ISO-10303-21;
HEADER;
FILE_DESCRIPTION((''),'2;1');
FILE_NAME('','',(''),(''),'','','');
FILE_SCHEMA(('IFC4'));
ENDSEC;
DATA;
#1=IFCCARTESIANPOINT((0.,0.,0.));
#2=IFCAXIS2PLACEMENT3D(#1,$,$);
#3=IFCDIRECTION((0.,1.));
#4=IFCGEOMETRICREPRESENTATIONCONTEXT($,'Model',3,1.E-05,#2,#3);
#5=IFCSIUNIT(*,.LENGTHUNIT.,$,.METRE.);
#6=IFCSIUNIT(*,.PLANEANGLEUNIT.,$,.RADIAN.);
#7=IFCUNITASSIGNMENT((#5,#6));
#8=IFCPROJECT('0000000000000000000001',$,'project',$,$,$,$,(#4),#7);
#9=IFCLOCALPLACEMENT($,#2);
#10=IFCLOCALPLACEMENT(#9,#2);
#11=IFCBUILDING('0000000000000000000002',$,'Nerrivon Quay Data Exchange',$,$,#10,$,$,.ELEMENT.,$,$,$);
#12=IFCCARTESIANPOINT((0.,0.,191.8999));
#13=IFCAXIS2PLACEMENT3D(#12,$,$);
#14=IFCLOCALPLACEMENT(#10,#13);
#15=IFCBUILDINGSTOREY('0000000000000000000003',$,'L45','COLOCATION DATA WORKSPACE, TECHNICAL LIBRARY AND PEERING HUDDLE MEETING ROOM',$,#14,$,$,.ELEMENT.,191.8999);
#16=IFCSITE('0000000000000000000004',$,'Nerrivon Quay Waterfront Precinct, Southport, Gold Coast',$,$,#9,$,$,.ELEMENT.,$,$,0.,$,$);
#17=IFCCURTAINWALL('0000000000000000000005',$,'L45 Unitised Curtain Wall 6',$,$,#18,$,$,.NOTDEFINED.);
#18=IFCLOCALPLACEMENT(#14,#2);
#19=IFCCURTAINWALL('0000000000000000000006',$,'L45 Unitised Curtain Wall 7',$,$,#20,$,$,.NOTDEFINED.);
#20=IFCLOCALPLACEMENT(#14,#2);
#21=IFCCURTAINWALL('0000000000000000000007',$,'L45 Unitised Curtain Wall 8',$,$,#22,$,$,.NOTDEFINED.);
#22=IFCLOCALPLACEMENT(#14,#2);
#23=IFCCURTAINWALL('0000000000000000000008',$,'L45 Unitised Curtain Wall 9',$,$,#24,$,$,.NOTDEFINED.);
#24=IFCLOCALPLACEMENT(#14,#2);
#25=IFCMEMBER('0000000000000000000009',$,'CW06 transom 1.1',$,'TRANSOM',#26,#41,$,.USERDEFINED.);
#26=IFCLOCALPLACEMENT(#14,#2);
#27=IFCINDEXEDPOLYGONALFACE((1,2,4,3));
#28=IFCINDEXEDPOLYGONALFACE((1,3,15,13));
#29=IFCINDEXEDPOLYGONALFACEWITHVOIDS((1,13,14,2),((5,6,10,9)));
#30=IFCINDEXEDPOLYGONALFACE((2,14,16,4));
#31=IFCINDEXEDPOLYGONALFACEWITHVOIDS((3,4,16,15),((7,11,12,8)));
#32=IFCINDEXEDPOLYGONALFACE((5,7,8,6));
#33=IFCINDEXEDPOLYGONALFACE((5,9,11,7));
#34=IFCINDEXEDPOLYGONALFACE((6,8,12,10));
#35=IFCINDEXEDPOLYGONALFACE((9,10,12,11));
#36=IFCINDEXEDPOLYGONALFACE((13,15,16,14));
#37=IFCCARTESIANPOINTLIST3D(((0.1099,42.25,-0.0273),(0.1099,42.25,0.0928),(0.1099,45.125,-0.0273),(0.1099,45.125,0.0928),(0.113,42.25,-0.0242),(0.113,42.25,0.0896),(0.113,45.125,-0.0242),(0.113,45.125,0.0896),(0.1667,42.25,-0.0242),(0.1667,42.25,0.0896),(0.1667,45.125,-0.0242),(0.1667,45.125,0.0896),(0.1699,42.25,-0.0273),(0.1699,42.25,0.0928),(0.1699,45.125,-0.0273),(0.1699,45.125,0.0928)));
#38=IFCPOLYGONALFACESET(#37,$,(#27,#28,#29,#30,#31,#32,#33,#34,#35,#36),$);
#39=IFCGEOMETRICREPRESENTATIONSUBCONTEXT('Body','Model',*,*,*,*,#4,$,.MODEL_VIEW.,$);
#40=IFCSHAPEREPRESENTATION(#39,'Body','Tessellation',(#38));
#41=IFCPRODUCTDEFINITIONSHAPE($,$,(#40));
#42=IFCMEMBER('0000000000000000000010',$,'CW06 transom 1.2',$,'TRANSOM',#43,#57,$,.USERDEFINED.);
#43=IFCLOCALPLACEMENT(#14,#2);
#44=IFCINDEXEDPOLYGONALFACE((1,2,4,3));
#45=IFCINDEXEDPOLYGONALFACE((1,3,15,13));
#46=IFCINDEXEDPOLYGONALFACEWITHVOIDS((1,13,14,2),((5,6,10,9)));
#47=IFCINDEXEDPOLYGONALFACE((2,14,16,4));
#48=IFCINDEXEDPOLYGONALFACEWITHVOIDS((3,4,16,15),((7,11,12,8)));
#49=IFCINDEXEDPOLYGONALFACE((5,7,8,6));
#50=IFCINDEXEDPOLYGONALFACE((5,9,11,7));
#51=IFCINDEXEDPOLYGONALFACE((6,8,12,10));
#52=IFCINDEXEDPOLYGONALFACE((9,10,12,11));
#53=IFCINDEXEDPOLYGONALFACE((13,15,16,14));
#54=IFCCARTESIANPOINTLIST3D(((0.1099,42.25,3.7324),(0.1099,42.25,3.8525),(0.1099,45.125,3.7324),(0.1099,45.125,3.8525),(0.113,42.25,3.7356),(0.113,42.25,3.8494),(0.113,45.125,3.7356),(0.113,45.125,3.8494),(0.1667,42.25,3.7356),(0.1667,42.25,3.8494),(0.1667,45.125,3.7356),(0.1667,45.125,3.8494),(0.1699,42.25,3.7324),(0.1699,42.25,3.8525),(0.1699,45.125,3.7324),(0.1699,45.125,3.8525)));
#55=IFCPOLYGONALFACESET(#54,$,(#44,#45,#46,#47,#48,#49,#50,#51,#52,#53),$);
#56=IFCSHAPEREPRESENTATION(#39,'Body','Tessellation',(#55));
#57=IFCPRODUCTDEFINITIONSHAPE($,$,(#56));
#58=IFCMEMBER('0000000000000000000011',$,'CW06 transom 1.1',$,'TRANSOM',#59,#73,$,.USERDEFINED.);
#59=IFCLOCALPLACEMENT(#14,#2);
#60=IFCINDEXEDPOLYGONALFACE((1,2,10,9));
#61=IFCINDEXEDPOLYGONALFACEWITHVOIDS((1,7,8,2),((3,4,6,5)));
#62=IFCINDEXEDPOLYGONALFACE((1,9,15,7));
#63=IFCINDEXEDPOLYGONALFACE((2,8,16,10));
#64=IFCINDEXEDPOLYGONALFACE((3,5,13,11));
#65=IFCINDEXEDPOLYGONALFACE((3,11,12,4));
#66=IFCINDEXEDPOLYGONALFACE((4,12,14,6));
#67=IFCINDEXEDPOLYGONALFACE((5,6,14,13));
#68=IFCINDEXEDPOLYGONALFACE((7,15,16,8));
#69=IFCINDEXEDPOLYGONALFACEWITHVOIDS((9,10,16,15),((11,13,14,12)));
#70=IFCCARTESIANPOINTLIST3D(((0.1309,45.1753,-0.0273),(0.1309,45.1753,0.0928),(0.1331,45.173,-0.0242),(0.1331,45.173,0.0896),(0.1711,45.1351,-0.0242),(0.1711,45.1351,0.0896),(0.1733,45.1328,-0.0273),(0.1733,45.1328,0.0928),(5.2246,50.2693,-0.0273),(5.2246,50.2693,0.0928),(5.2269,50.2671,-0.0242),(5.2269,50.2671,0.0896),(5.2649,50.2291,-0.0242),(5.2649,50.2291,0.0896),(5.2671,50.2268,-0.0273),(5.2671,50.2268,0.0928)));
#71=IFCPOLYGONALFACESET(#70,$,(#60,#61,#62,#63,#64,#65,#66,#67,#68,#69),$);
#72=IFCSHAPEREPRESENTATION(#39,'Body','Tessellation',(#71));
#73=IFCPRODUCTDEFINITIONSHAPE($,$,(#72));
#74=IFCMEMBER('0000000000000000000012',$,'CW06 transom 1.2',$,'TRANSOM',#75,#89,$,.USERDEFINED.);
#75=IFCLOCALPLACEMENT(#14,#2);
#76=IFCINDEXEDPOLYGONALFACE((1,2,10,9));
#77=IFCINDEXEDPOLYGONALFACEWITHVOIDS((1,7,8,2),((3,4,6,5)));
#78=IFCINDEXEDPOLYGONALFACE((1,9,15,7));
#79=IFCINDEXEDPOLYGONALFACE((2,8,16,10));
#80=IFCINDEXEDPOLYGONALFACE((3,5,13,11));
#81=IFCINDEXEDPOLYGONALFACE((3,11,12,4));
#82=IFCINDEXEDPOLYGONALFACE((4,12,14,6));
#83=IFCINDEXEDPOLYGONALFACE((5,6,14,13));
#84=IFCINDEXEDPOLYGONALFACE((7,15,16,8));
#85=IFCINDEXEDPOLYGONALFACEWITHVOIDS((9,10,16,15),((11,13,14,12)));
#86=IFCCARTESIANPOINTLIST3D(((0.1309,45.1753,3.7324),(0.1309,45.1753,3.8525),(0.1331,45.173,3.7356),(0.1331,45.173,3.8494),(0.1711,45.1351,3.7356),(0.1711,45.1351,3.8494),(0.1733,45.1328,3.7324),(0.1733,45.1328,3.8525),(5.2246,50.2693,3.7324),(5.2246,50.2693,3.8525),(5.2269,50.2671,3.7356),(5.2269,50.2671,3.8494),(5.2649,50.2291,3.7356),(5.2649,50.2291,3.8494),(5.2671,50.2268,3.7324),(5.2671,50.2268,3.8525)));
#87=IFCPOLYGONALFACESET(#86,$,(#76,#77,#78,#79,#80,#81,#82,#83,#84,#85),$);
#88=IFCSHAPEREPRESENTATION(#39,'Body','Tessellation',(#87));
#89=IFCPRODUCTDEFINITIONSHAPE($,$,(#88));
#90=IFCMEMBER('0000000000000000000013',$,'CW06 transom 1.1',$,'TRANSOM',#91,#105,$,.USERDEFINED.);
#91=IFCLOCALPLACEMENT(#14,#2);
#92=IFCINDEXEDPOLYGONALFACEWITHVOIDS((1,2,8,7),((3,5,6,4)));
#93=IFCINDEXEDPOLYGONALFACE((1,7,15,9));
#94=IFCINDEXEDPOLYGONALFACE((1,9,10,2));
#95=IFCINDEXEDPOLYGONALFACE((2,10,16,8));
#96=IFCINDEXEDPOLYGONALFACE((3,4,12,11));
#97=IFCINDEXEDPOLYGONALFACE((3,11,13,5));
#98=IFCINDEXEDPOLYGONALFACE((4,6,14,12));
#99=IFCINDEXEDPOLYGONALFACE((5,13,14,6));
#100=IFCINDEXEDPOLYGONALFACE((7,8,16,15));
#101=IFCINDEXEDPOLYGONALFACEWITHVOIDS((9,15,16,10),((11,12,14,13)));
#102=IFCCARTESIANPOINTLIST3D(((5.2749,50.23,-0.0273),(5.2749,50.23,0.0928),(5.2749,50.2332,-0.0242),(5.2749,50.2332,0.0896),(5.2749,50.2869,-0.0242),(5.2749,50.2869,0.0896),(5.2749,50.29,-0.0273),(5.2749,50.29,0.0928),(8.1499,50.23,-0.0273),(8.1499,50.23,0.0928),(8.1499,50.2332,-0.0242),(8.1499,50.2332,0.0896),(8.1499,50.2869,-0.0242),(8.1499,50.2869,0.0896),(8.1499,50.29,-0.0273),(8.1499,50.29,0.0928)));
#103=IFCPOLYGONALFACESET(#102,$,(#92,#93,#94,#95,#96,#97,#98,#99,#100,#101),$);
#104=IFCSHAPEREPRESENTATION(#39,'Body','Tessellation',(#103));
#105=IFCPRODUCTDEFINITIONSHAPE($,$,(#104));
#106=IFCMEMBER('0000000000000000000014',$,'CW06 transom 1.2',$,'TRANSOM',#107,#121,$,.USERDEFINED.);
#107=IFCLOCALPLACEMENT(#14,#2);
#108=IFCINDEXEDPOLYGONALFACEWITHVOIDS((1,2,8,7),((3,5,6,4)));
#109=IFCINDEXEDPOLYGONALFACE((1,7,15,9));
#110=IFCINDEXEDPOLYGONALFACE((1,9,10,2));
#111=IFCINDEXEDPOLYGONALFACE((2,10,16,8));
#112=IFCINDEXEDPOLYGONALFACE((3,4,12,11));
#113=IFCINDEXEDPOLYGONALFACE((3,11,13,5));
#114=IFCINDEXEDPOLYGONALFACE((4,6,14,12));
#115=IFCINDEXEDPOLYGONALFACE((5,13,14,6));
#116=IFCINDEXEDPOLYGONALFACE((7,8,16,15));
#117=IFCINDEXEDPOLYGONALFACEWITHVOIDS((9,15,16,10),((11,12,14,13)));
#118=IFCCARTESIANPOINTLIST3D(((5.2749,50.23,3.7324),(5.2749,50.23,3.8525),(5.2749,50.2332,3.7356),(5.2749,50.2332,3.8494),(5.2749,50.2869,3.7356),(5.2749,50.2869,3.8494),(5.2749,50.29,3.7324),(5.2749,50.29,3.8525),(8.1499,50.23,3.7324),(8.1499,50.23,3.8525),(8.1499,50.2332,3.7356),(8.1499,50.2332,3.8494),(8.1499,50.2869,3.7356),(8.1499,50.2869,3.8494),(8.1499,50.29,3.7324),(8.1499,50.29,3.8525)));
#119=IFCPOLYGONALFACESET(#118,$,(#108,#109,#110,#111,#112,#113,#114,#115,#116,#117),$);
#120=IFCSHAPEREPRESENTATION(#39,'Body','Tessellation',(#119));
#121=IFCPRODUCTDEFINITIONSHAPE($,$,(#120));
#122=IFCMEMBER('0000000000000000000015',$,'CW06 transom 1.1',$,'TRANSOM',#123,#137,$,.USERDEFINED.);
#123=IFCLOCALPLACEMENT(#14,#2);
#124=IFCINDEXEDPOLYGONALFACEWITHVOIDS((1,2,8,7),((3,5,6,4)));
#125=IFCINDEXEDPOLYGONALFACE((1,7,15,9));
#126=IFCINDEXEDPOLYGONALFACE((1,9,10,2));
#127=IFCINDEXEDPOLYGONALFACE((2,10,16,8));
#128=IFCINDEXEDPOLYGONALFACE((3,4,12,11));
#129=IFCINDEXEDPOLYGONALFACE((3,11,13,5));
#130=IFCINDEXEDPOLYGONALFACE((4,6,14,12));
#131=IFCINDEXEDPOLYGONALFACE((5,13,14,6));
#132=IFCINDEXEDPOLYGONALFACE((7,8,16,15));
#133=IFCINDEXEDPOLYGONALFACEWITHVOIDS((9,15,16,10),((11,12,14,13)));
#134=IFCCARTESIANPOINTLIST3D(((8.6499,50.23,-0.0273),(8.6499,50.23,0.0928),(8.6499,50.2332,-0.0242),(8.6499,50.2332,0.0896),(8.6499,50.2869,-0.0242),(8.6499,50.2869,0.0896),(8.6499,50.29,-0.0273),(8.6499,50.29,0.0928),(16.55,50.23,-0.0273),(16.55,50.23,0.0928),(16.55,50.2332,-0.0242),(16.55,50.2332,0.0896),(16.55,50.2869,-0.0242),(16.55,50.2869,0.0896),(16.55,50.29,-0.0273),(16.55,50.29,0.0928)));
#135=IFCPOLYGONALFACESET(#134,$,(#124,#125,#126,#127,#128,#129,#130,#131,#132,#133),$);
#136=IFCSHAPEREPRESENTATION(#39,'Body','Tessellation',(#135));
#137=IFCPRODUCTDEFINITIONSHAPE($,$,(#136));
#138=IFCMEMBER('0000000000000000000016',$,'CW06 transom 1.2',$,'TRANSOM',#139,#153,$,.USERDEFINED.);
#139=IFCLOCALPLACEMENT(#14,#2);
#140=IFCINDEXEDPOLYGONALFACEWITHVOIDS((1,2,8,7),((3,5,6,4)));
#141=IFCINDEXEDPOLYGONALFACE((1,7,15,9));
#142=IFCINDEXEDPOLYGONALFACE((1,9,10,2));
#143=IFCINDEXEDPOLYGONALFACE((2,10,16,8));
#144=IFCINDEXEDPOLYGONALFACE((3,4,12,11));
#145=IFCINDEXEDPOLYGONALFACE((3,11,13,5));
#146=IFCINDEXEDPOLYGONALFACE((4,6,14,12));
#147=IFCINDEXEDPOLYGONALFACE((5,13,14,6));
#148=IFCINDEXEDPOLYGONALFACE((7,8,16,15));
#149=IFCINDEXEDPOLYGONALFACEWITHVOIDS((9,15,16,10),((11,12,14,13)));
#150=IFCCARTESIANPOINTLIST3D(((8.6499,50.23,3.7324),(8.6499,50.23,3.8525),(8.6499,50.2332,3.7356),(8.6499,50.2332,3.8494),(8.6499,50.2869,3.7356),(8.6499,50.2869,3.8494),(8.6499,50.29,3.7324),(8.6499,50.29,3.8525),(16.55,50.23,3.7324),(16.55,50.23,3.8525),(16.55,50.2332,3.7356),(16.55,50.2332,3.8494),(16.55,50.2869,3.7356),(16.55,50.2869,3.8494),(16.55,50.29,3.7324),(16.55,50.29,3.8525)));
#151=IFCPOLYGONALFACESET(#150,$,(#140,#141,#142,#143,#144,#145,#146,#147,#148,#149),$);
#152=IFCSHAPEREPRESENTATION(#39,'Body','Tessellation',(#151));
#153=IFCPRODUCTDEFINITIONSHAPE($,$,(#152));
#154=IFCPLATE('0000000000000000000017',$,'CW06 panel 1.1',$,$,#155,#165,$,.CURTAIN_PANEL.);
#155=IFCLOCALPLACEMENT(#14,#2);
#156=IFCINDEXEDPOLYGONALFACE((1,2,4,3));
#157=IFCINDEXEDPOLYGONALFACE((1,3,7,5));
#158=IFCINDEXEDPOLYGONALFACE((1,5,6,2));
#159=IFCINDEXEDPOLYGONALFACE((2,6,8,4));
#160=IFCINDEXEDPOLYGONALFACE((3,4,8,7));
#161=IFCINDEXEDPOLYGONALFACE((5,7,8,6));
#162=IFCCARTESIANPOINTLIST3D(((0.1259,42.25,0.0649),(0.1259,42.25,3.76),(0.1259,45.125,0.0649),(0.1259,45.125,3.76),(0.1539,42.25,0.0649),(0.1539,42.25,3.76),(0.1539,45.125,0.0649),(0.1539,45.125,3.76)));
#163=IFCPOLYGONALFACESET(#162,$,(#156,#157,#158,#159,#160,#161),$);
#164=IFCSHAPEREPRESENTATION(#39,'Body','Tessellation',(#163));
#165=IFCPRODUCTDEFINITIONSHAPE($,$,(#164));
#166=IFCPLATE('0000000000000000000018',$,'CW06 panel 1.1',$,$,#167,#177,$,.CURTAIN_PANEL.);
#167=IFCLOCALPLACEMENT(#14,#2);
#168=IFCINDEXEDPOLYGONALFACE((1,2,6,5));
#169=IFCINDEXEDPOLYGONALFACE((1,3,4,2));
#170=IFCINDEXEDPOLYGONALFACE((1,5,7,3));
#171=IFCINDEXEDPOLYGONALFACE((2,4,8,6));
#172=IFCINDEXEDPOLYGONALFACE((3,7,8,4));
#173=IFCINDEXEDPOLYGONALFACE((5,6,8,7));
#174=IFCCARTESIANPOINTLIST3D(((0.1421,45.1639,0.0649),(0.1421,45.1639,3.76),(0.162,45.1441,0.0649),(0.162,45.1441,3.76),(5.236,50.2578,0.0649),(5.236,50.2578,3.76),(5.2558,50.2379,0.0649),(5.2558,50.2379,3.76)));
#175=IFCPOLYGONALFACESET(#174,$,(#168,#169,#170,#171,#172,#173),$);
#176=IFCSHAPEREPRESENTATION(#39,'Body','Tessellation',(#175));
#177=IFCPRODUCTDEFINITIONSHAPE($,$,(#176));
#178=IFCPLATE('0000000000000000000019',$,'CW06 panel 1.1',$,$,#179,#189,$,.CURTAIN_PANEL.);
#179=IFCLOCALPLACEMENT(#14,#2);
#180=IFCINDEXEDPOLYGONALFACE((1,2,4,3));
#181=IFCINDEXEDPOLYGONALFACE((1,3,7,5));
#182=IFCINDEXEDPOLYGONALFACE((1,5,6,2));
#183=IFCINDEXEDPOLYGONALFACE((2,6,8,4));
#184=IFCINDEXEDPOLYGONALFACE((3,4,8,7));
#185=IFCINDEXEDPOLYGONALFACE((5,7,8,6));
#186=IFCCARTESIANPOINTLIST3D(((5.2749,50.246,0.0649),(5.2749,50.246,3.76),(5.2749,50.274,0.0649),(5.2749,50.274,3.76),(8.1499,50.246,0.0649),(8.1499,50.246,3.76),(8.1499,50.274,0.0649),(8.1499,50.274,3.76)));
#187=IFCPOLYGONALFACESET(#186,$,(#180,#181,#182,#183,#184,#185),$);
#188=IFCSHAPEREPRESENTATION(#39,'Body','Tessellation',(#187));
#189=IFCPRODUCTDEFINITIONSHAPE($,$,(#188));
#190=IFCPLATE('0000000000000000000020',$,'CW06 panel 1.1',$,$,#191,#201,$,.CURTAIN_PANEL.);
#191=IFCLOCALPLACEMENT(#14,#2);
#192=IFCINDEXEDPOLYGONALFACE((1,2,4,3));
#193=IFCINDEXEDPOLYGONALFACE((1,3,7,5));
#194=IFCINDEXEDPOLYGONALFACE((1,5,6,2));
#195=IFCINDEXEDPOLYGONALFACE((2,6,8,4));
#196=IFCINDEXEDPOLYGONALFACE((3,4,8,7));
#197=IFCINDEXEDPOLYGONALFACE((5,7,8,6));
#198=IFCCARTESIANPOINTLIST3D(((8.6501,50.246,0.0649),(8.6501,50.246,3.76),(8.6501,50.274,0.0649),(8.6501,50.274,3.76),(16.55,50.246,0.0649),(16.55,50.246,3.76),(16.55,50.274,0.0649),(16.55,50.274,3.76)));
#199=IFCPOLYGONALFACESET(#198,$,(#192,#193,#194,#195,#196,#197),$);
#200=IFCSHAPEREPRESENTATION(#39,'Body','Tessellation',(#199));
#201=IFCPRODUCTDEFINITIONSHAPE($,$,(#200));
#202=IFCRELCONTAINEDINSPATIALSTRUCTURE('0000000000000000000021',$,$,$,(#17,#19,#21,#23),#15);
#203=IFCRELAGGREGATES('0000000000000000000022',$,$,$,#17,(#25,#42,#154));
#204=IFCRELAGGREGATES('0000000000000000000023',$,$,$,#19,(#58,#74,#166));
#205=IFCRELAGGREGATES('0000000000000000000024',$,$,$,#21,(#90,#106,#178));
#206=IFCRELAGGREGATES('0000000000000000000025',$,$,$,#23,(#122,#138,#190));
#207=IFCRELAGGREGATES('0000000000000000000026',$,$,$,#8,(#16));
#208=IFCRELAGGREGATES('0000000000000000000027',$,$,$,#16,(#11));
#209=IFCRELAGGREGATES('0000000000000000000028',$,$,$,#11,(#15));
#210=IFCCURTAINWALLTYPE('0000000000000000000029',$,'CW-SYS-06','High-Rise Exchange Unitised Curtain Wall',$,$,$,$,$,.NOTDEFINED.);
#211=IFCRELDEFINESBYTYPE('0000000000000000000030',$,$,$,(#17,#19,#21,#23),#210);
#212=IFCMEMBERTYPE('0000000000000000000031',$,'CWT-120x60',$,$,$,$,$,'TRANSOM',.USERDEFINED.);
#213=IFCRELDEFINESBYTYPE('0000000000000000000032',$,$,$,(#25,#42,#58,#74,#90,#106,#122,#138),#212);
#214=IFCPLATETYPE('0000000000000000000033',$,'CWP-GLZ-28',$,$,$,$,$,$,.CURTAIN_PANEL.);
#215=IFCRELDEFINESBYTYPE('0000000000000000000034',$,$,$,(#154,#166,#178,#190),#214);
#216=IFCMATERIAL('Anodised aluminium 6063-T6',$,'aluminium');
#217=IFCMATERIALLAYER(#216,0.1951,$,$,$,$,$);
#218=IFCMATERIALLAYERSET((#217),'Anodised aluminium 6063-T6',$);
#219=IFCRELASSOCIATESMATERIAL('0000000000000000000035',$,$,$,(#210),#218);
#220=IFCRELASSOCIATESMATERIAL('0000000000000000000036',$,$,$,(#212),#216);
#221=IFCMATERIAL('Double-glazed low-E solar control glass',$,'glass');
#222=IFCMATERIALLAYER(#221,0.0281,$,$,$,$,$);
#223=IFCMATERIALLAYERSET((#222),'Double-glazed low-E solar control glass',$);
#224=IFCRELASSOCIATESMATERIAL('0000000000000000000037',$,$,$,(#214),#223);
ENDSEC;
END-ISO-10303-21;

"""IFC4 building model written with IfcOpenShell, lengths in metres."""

from ifc_helpers import new_model, si_unit, direction, frame, origin, origin_2d, place, context, subcontext, project, spatial, rectangle, hollow_rectangle, extrude, material, layer, layer_set, material_profile, profile_set, type_object, element, aggregate, save


model = new_model("IFC4")

# Units and contexts
model_context = context("Model", 3, precision=1e-05, world=origin(), true_north=direction((0.0, 1.0)))
body_context = subcontext(model_context, "Body", "Model", "MODEL_VIEW")
ifc_project = project(units=[si_unit("LENGTHUNIT", "METRE"), si_unit("PLANEANGLEUNIT", "RADIAN")], contexts=[model_context])

# Site, building, storey
site_placement = place(None, origin())
site = spatial("IfcSite", under=ifc_project, at=site_placement, Name="Nerrivon Quay Waterfront Precinct, Southport, Gold Coast", CompositionType="ELEMENT", RefElevation=0.0)
building_placement = place(site_placement, origin())
building = spatial("IfcBuilding", under=site, at=building_placement, Name="Nerrivon Quay Data Exchange", CompositionType="ELEMENT")
storey_placement = place(building_placement, frame((0.0, 0.0, 191.8999)))
storey = spatial("IfcBuildingStorey", under=building, at=storey_placement, Name="L45", Description="COLOCATION DATA WORKSPACE, TECHNICAL LIBRARY AND PEERING HUDDLE MEETING ROOM", CompositionType="ELEMENT", Elevation=191.8999)

# Curtain walls
ifc_material_1 = material(Name="Anodised aluminium 6063-T6", Category="aluminium")
ifc_layer_1 = layer(ifc_material_1, 0.1951)
ifc_layer_set_1 = layer_set([ifc_layer_1], Name="Anodised aluminium 6063-T6")
curtain_wall_type = type_object("IfcCurtainWallType", Name="CW-SYS-06", Description="High-Rise Exchange Unitised Curtain Wall", PredefinedType="NOTDEFINED", material=ifc_layer_set_1)
curtain_wall_1_placement = place(storey_placement, origin())
curtain_wall_1 = element("IfcCurtainWall", 1, at=curtain_wall_1_placement, inside=storey, type_object=curtain_wall_type, Name="L45 Unitised Curtain Wall 6", PredefinedType="NOTDEFINED")
curtain_wall_2_placement = place(storey_placement, origin())
curtain_wall_2 = element("IfcCurtainWall", 2, at=curtain_wall_2_placement, inside=storey, type_object=curtain_wall_type, Name="L45 Unitised Curtain Wall 7", PredefinedType="NOTDEFINED")
curtain_wall_3_placement = place(storey_placement, origin())
curtain_wall_3 = element("IfcCurtainWall", 3, at=curtain_wall_3_placement, inside=storey, type_object=curtain_wall_type, Name="L45 Unitised Curtain Wall 8", PredefinedType="NOTDEFINED")

# Curtain wall
curtain_wall_4_placement = place(storey_placement, origin())
curtain_wall_4 = element("IfcCurtainWall", 4, at=curtain_wall_4_placement, inside=storey, type_object=curtain_wall_type, Name="L45 Unitised Curtain Wall 9", PredefinedType="NOTDEFINED")

# Members
ifc_material_profile_1 = material_profile(ifc_material_1, hollow_rectangle(XDim=0.0601, YDim=0.1201, WallThickness=0.0032, at=origin_2d()), Name="ALU-TRAN-120x60")
ifc_profile_set_1 = profile_set([ifc_material_profile_1], Name="Anodised aluminium 6063-T6")
member_type_1 = type_object("IfcMemberType", Name="CWT-120x60", ElementType="TRANSOM", PredefinedType="USERDEFINED", material=ifc_profile_set_1)
member_1_placement = place(storey_placement, frame((0.1399, 42.25, 0.0327), z_axis=(0.0, 1.0, 0.0), x_axis=(-1.0, 0.0, 0.0)))
member_1 = element("IfcMember", 5, at=member_1_placement, type_object=member_type_1, Name="CW06 transom 1.1", ObjectType="TRANSOM", PredefinedType="USERDEFINED", context=body_context, shape_type="SweptSolid", body=[
    extrude(hollow_rectangle(XDim=0.0601, YDim=0.1201, WallThickness=0.0032, at=origin_2d()), origin(), (0.0, 0.0, 1.0), 2.875),
])
member_2_placement = place(storey_placement, frame((0.1399, 42.25, 3.7925), z_axis=(0.0, 1.0, 0.0), x_axis=(-1.0, 0.0, 0.0)))
member_2 = element("IfcMember", 6, at=member_2_placement, type_object=member_type_1, Name="CW06 transom 1.2", ObjectType="TRANSOM", PredefinedType="USERDEFINED", context=body_context, shape_type="SweptSolid", body=[
    extrude(hollow_rectangle(XDim=0.0601, YDim=0.1201, WallThickness=0.0032, at=origin_2d()), origin(), (0.0, 0.0, 1.0), 2.875),
])
member_3_placement = place(storey_placement, frame((0.1521, 45.1541, 0.0327), z_axis=(0.70709, 0.707124, 0.0), x_axis=(-0.707124, 0.70709, 0.0)))
member_3 = element("IfcMember", 7, at=member_3_placement, type_object=member_type_1, Name="CW06 transom 1.1", ObjectType="TRANSOM", PredefinedType="USERDEFINED", context=body_context, shape_type="SweptSolid", body=[
    extrude(hollow_rectangle(XDim=0.0601, YDim=0.1201, WallThickness=0.0032, at=origin_2d()), origin(), (0.0, 0.0, 1.0), 7.2039),
])
member_4_placement = place(storey_placement, frame((0.1521, 45.1541, 3.7925), z_axis=(0.70709, 0.707124, 0.0), x_axis=(-0.707124, 0.70709, 0.0)))
member_4 = element("IfcMember", 8, at=member_4_placement, type_object=member_type_1, Name="CW06 transom 1.2", ObjectType="TRANSOM", PredefinedType="USERDEFINED", context=body_context, shape_type="SweptSolid", body=[
    extrude(hollow_rectangle(XDim=0.0601, YDim=0.1201, WallThickness=0.0032, at=origin_2d()), origin(), (0.0, 0.0, 1.0), 7.2039),
])
member_5_placement = place(storey_placement, frame((5.2749, 50.26, 0.0327), z_axis=(1.0, 0.0, 0.0), x_axis=(0.0, 1.0, 0.0)))
member_5 = element("IfcMember", 9, at=member_5_placement, type_object=member_type_1, Name="CW06 transom 1.1", ObjectType="TRANSOM", PredefinedType="USERDEFINED", context=body_context, shape_type="SweptSolid", body=[
    extrude(hollow_rectangle(XDim=0.0601, YDim=0.1201, WallThickness=0.0032, at=origin_2d()), origin(), (0.0, 0.0, 1.0), 2.875),
])
member_6_placement = place(storey_placement, frame((5.2749, 50.26, 3.7925), z_axis=(1.0, 0.0, 0.0), x_axis=(0.0, 1.0, 0.0)))
member_6 = element("IfcMember", 10, at=member_6_placement, type_object=member_type_1, Name="CW06 transom 1.2", ObjectType="TRANSOM", PredefinedType="USERDEFINED", context=body_context, shape_type="SweptSolid", body=[
    extrude(hollow_rectangle(XDim=0.0601, YDim=0.1201, WallThickness=0.0032, at=origin_2d()), origin(), (0.0, 0.0, 1.0), 2.875),
])
member_7_placement = place(storey_placement, frame((8.6499, 50.26, 0.0327), z_axis=(1.0, 0.0, 0.0), x_axis=(0.0, 1.0, 0.0)))
member_7 = element("IfcMember", 11, at=member_7_placement, type_object=member_type_1, Name="CW06 transom 1.1", ObjectType="TRANSOM", PredefinedType="USERDEFINED", context=body_context, shape_type="SweptSolid", body=[
    extrude(hollow_rectangle(XDim=0.0601, YDim=0.1201, WallThickness=0.0032, at=origin_2d()), origin(), (0.0, 0.0, 1.0), 7.9001),
])
member_8_placement = place(storey_placement, frame((8.6499, 50.26, 3.7925), z_axis=(1.0, 0.0, 0.0), x_axis=(0.0, 1.0, 0.0)))
member_8 = element("IfcMember", 12, at=member_8_placement, type_object=member_type_1, Name="CW06 transom 1.2", ObjectType="TRANSOM", PredefinedType="USERDEFINED", context=body_context, shape_type="SweptSolid", body=[
    extrude(hollow_rectangle(XDim=0.0601, YDim=0.1201, WallThickness=0.0032, at=origin_2d()), origin(), (0.0, 0.0, 1.0), 7.9001),
])

# Plates
ifc_material_2 = material(Name="Double-glazed low-E solar control glass", Category="glass")
ifc_layer_2 = layer(ifc_material_2, 0.0281)
ifc_layer_set_2 = layer_set([ifc_layer_2], Name="Double-glazed low-E solar control glass")
plate_type = type_object("IfcPlateType", Name="CWP-GLZ-28", PredefinedType="CURTAIN_PANEL", material=ifc_layer_set_2)
plate_1_placement = place(storey_placement, frame((0.1399, 43.6875, 0.0649), z_axis=(0.0, 0.0, 1.0), x_axis=(0.0, 1.0, 0.0)))
plate_1 = element("IfcPlate", 13, at=plate_1_placement, type_object=plate_type, Name="CW06 panel 1.1", PredefinedType="CURTAIN_PANEL", context=body_context, shape_type="SweptSolid", body=[
    extrude(rectangle(XDim=2.875, YDim=0.0281, at=origin_2d()), origin(), (0.0, 0.0, 1.0), 3.6951),
])
aggregate(curtain_wall_1, [member_1, member_2, plate_1])
plate_2_placement = place(storey_placement, frame((2.699, 47.7009, 0.0649), z_axis=(0.0, 0.0, 1.0), x_axis=(0.707107, 0.707107, 0.0)))
plate_2 = element("IfcPlate", 14, at=plate_2_placement, type_object=plate_type, Name="CW06 panel 1.1", PredefinedType="CURTAIN_PANEL", context=body_context, shape_type="SweptSolid", body=[
    extrude(rectangle(XDim=7.2039, YDim=0.0281, at=origin_2d()), origin(), (0.0, 0.0, 1.0), 3.6951),
])
aggregate(curtain_wall_2, [member_3, member_4, plate_2])
plate_3_placement = place(storey_placement, frame((6.7124, 50.26, 0.0649), z_axis=(0.0, 0.0, 1.0), x_axis=(1.0, 0.0, 0.0)))
plate_3 = element("IfcPlate", 15, at=plate_3_placement, type_object=plate_type, Name="CW06 panel 1.1", PredefinedType="CURTAIN_PANEL", context=body_context, shape_type="SweptSolid", body=[
    extrude(rectangle(XDim=2.875, YDim=0.0281, at=origin_2d()), origin(), (0.0, 0.0, 1.0), 3.6951),
])
aggregate(curtain_wall_3, [member_5, member_6, plate_3])
plate_4_placement = place(storey_placement, frame((12.6001, 50.26, 0.0649), z_axis=(0.0, 0.0, 1.0), x_axis=(1.0, 0.0, 0.0)))
plate_4 = element("IfcPlate", 16, at=plate_4_placement, type_object=plate_type, Name="CW06 panel 1.1", PredefinedType="CURTAIN_PANEL", context=body_context, shape_type="SweptSolid", body=[
    extrude(rectangle(XDim=7.8999, YDim=0.0281, at=origin_2d()), origin(), (0.0, 0.0, 1.0), 3.6951),
])
aggregate(curtain_wall_4, [member_7, member_8, plate_4])

save(model, "model.ifc")
